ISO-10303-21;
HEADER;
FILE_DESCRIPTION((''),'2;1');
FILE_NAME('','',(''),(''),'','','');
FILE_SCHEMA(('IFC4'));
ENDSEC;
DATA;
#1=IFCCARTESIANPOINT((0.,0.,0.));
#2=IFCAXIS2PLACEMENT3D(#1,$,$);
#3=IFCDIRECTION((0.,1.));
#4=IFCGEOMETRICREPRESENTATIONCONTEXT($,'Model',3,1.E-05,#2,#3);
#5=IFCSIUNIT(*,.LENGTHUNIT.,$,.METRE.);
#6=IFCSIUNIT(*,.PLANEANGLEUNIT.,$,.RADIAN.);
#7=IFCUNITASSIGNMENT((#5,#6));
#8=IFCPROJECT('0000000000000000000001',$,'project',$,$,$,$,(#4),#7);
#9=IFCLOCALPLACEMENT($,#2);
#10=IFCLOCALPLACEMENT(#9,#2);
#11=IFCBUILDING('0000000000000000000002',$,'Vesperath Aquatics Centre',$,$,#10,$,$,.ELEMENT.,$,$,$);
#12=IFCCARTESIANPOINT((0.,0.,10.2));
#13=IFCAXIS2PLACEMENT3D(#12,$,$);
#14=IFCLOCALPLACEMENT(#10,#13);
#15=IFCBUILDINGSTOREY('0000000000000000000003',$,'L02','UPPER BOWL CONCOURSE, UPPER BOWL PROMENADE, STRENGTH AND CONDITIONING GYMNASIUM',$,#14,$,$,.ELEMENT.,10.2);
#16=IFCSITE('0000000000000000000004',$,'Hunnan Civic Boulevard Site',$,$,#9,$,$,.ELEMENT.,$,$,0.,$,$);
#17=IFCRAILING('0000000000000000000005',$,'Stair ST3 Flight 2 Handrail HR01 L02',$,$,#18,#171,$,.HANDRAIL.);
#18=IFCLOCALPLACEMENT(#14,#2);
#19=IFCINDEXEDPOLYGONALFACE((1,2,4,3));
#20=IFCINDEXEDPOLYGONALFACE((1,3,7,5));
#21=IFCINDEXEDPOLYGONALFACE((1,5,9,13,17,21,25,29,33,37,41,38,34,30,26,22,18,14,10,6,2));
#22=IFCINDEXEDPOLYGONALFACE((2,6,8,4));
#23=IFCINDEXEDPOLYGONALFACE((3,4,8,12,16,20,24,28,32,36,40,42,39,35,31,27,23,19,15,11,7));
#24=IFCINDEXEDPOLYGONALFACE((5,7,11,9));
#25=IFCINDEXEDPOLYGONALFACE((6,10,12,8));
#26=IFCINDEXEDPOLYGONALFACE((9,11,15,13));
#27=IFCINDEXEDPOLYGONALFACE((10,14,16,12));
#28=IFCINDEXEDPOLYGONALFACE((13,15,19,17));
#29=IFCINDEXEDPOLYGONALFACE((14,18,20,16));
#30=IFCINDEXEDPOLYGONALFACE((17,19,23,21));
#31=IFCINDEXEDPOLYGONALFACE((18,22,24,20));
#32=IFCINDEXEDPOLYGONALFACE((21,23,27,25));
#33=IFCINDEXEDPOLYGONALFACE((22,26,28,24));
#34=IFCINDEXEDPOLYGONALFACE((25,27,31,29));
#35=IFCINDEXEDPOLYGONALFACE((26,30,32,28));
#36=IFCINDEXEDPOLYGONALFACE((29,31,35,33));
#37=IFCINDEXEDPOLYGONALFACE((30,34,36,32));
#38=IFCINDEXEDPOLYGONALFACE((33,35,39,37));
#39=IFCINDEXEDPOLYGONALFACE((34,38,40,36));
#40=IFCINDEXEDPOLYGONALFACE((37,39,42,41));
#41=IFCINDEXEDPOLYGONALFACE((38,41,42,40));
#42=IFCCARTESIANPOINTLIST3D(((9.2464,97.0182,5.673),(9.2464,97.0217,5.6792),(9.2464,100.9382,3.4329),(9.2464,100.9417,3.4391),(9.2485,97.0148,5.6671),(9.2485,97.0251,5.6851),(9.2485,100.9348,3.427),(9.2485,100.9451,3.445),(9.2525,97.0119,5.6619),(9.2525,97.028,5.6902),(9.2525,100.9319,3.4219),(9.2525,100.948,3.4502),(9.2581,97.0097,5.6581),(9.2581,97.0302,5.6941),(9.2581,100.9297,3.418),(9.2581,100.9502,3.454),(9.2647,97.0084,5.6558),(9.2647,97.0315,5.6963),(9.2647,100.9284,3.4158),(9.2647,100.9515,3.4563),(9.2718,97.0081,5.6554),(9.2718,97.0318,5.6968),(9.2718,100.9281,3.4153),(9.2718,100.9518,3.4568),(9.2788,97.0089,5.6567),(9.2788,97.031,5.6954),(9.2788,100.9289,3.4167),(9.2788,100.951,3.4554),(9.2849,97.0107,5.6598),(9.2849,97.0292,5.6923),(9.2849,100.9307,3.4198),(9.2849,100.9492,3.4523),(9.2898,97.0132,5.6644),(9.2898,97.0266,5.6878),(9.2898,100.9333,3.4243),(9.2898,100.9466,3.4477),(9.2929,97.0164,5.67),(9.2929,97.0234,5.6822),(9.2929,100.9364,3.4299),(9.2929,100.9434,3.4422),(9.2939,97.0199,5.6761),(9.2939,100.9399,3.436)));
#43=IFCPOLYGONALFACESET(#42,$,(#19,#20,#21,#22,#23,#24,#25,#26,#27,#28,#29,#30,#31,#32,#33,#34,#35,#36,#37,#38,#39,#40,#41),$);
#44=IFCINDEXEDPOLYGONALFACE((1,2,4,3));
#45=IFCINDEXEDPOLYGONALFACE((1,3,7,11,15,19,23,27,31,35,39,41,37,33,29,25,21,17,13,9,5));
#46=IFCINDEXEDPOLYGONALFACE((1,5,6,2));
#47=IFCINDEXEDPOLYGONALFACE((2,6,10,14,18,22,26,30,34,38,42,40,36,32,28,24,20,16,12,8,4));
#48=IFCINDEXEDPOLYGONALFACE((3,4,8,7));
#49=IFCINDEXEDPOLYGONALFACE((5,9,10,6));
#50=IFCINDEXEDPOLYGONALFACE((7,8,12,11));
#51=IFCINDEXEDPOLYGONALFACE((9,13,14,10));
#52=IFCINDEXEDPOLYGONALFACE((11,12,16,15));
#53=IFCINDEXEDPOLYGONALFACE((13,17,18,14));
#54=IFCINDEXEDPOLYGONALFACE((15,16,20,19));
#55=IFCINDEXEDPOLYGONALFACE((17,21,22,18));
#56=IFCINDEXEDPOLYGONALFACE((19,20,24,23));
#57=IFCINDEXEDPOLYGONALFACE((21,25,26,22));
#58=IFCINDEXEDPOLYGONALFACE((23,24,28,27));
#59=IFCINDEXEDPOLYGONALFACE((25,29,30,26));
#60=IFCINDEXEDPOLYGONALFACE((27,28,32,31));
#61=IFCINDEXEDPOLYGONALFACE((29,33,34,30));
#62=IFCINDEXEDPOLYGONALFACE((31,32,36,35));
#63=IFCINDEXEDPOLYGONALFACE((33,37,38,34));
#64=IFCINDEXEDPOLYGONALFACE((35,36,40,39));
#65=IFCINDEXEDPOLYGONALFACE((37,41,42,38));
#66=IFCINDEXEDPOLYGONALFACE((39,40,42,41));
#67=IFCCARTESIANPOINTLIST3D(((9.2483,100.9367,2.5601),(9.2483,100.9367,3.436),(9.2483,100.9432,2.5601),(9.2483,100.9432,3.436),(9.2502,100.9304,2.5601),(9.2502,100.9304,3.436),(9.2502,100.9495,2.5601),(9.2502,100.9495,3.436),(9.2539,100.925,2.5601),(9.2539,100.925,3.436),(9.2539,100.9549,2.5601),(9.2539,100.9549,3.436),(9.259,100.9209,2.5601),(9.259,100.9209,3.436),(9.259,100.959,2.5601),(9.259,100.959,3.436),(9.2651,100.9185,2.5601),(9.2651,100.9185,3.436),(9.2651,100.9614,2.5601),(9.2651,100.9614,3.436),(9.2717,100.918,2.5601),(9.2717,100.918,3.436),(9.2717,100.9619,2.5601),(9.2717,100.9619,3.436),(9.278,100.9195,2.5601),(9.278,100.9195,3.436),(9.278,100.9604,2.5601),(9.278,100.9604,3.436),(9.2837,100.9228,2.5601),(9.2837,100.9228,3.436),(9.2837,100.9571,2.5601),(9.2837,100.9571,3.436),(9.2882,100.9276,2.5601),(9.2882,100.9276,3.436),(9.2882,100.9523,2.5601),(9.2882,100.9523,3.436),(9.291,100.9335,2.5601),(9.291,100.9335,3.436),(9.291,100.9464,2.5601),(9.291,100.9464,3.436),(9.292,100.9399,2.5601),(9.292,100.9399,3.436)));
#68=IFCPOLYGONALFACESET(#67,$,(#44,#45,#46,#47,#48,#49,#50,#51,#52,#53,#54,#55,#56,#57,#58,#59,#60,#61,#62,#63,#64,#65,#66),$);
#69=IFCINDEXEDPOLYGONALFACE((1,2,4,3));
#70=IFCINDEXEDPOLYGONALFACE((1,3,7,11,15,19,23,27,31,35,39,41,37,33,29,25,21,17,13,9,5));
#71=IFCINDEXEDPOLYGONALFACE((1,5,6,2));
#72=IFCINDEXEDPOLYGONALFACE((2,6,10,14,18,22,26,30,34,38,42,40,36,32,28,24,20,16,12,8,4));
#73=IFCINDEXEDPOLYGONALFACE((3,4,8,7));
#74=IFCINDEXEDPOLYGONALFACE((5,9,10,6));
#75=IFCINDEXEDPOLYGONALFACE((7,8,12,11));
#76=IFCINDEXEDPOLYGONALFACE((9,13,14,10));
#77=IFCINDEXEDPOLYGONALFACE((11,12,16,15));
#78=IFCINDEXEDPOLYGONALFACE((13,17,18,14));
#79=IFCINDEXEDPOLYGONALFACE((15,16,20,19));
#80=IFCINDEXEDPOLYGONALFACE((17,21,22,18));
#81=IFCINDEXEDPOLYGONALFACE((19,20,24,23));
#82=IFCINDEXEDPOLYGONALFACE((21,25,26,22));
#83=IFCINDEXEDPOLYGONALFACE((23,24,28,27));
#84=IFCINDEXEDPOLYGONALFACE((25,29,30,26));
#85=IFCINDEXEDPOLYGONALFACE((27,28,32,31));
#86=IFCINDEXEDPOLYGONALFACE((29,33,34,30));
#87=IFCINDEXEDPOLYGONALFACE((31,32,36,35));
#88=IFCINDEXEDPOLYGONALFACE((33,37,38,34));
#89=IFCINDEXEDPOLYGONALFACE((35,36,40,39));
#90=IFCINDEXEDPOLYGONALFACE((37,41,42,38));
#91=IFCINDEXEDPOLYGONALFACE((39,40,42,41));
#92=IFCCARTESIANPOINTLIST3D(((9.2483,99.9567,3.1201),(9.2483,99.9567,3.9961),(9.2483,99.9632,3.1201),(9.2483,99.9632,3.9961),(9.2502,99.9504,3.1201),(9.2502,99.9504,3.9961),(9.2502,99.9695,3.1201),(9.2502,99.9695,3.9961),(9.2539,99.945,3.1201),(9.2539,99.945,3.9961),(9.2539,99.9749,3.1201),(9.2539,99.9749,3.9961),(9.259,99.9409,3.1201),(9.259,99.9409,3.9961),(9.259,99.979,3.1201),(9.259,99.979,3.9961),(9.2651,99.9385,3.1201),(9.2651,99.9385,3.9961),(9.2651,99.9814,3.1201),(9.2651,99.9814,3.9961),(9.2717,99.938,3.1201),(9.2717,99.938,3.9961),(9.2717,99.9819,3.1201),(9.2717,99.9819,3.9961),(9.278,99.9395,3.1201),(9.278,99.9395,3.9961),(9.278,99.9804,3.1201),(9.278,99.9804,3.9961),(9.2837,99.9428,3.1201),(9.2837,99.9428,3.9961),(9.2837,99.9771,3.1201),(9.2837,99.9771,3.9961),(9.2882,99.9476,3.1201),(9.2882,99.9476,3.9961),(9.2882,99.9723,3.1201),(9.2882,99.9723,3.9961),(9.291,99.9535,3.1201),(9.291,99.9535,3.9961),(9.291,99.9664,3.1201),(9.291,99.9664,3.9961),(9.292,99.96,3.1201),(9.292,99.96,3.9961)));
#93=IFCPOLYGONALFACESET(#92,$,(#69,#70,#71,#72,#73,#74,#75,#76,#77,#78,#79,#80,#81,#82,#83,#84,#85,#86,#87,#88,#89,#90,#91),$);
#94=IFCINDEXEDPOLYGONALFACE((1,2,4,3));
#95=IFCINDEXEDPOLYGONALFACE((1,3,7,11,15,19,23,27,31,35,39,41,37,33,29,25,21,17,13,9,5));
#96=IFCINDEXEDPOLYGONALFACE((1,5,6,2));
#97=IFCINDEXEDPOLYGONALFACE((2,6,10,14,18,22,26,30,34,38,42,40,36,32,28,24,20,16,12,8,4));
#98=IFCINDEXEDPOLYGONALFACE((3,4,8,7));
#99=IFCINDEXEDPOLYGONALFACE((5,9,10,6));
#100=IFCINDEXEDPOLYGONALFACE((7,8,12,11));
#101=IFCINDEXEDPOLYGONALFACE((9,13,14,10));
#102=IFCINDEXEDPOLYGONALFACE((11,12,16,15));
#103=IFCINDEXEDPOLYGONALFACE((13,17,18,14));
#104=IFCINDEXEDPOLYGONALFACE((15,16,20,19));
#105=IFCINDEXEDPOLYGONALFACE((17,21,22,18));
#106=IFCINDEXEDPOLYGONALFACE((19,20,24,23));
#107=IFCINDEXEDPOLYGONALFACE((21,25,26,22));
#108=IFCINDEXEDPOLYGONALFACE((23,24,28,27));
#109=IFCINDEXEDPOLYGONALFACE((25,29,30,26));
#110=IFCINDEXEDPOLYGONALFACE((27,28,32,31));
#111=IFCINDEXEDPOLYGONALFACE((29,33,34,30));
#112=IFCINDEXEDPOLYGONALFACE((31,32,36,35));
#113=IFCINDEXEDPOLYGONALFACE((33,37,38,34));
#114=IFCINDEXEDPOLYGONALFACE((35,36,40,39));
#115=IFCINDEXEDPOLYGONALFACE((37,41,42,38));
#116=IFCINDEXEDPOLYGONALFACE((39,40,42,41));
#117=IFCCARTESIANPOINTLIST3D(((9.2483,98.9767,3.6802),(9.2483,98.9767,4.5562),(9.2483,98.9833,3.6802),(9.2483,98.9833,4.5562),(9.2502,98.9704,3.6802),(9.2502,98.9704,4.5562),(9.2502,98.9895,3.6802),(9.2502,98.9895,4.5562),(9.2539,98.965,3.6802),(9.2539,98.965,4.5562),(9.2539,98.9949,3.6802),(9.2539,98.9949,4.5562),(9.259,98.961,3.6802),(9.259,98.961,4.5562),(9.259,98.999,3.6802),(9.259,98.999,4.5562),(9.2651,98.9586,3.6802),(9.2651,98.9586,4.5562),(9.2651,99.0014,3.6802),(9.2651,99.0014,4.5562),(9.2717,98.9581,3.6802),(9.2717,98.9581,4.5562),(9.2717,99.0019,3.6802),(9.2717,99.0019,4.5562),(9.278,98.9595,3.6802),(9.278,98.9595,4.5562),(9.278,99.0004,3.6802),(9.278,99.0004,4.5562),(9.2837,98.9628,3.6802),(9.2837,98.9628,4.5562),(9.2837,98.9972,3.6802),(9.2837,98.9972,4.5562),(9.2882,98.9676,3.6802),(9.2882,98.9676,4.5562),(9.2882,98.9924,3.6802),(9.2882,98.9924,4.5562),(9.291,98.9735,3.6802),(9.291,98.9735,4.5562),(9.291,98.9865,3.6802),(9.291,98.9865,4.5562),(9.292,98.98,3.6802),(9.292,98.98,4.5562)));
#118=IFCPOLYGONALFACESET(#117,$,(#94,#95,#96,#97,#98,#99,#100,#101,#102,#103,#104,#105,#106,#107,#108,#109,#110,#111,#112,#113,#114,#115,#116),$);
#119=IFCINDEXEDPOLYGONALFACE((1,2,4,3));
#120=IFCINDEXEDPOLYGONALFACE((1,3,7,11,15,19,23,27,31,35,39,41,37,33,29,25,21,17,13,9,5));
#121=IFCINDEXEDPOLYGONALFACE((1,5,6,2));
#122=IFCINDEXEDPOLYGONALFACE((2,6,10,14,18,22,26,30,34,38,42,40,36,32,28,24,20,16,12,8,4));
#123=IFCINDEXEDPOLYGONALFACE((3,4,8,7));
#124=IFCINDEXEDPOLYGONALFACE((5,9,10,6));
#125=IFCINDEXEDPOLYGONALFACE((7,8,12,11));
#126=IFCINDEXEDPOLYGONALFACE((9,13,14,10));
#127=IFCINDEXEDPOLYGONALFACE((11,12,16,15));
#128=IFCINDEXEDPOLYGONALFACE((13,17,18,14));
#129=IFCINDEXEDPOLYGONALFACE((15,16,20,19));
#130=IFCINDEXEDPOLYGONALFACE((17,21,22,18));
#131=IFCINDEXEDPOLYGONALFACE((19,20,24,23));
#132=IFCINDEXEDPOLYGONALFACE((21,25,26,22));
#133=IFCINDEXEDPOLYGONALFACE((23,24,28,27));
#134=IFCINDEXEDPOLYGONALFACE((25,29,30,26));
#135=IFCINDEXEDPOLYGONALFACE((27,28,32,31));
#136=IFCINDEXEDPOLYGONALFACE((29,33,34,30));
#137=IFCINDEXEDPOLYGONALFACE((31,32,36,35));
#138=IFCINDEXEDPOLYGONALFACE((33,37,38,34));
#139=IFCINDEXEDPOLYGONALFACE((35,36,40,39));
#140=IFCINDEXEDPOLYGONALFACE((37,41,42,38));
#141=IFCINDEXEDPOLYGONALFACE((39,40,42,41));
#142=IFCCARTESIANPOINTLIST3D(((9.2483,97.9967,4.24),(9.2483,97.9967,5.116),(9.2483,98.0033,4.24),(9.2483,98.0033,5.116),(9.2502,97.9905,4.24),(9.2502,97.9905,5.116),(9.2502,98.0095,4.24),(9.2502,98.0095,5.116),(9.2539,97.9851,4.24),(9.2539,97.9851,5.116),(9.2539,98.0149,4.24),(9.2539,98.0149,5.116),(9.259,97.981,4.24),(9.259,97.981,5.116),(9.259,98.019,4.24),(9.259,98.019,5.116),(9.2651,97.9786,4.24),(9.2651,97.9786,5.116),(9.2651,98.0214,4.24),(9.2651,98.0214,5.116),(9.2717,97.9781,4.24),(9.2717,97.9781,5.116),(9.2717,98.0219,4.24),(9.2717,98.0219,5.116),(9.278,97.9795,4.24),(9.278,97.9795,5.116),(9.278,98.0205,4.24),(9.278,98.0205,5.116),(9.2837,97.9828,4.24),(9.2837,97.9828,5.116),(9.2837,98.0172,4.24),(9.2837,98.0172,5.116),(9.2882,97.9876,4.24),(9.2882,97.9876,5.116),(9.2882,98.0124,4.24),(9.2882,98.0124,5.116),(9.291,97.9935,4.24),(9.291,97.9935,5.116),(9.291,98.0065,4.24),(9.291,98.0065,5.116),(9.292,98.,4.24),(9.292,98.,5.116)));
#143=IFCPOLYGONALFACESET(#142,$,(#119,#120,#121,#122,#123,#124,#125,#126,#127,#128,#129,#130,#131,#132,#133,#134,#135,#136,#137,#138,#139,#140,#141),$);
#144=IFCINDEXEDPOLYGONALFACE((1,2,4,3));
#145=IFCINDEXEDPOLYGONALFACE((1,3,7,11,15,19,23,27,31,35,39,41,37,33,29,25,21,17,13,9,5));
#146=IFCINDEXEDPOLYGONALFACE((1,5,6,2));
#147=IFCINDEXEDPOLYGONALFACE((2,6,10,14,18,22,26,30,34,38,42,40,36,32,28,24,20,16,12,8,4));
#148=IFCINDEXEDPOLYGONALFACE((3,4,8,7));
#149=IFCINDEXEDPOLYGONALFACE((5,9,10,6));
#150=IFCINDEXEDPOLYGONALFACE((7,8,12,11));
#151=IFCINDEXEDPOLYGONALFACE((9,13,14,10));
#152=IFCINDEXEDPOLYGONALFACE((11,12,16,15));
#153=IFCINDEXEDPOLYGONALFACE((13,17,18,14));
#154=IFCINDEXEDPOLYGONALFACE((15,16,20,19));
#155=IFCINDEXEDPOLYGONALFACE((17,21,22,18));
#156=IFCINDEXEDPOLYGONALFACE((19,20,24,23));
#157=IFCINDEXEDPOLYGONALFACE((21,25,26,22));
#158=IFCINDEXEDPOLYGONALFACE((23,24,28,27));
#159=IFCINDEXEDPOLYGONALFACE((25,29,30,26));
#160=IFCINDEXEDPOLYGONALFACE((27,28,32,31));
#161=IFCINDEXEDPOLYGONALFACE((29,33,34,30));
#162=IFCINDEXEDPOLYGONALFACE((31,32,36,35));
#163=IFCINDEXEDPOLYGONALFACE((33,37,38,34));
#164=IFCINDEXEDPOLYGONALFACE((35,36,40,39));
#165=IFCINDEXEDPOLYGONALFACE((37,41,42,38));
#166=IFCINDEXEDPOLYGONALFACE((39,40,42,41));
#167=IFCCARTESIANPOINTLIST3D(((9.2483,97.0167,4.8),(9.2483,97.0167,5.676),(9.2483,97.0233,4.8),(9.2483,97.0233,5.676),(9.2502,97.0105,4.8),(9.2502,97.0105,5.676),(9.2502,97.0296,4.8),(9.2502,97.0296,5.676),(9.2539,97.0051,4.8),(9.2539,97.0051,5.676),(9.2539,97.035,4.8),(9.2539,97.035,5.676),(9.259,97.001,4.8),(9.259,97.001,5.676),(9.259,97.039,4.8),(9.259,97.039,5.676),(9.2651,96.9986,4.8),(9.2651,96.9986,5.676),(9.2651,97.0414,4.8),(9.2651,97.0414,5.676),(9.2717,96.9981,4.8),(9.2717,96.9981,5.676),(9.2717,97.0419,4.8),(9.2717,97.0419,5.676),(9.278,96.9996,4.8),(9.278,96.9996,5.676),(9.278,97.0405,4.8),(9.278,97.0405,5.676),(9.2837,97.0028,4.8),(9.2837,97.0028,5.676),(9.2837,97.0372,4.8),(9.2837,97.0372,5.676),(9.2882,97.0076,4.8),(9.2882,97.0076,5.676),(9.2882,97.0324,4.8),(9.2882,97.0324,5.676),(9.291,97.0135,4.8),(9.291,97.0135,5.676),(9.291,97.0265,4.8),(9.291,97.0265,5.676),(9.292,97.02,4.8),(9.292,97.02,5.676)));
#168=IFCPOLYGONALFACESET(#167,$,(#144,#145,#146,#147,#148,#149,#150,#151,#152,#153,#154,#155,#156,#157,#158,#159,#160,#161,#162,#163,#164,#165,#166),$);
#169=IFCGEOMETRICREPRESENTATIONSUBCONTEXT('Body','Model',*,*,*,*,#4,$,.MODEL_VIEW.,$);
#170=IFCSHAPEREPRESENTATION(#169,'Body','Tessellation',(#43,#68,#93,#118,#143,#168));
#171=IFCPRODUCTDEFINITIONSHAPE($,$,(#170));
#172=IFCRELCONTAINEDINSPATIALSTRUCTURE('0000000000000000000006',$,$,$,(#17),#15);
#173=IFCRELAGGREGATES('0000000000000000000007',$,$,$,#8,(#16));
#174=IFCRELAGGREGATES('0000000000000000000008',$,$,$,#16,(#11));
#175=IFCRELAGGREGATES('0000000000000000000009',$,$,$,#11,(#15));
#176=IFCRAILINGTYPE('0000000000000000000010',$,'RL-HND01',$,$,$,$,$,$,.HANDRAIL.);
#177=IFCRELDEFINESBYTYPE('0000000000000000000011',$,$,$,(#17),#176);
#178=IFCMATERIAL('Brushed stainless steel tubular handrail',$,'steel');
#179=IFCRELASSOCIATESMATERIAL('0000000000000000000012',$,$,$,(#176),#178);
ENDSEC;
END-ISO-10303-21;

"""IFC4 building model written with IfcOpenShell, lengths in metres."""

from ifc_helpers import new_model, si_unit, direction, frame, origin, origin_2d, place, context, subcontext, project, spatial, circle, extrude, material, type_object, element, save


model = new_model("IFC4")

# Units and contexts
model_context = context("Model", 3, precision=1e-05, world=origin(), true_north=direction((0.0, 1.0)))
body_context = subcontext(model_context, "Body", "Model", "MODEL_VIEW")
ifc_project = project(units=[si_unit("LENGTHUNIT", "METRE"), si_unit("PLANEANGLEUNIT", "RADIAN")], contexts=[model_context])

# Site, building, storey
site_placement = place(None, origin())
site = spatial("IfcSite", under=ifc_project, at=site_placement, Name="Hunnan Civic Boulevard Site", CompositionType="ELEMENT", RefElevation=0.0)
building_placement = place(site_placement, origin())
building = spatial("IfcBuilding", under=site, at=building_placement, Name="Vesperath Aquatics Centre", CompositionType="ELEMENT")
storey_placement = place(building_placement, frame((0.0, 0.0, 10.2)))
storey = spatial("IfcBuildingStorey", under=building, at=storey_placement, Name="L02", Description="UPPER BOWL CONCOURSE, UPPER BOWL PROMENADE, STRENGTH AND CONDITIONING GYMNASIUM", CompositionType="ELEMENT", Elevation=10.2)

# Railing
ifc_material_1 = material(Name="Brushed stainless steel tubular handrail", Category="steel")
railing_type_1 = type_object("IfcRailingType", Name="RL-HND01", PredefinedType="HANDRAIL", material=ifc_material_1)
railing_1_placement = place(storey_placement, frame((9.27, 100.9399, 2.5601)))
element("IfcRailing", 1, at=railing_1_placement, inside=storey, type_object=railing_type_1, Name="Stair ST3 Flight 2 Handrail HR01 L02", PredefinedType="HANDRAIL", context=body_context, shape_type="SweptSolid", body=[
    extrude(circle(Radius=0.0239, at=origin_2d()), frame((0.0, 0.0, 0.876), z_axis=(0.0, -0.86824, 0.496145), x_axis=(1.0, 0.0, 0.0)), (0.0, 0.0, 1.0), 4.5149),
    extrude(circle(Radius=0.022, at=origin_2d()), origin(), (0.0, 0.0, 1.0), 0.876),
    extrude(circle(Radius=0.022, at=origin_2d()), frame((0.0, -0.98, 0.5601)), (0.0, 0.0, 1.0), 0.876),
    extrude(circle(Radius=0.022, at=origin_2d()), frame((0.0, -1.96, 1.1201)), (0.0, 0.0, 1.0), 0.876),
    extrude(circle(Radius=0.022, at=origin_2d()), frame((0.0, -2.9399, 1.6799)), (0.0, 0.0, 1.0), 0.876),
    extrude(circle(Radius=0.022, at=origin_2d()), frame((0.0, -3.9199, 2.24)), (0.0, 0.0, 1.0), 0.876),
])

save(model, "model.ifc")
